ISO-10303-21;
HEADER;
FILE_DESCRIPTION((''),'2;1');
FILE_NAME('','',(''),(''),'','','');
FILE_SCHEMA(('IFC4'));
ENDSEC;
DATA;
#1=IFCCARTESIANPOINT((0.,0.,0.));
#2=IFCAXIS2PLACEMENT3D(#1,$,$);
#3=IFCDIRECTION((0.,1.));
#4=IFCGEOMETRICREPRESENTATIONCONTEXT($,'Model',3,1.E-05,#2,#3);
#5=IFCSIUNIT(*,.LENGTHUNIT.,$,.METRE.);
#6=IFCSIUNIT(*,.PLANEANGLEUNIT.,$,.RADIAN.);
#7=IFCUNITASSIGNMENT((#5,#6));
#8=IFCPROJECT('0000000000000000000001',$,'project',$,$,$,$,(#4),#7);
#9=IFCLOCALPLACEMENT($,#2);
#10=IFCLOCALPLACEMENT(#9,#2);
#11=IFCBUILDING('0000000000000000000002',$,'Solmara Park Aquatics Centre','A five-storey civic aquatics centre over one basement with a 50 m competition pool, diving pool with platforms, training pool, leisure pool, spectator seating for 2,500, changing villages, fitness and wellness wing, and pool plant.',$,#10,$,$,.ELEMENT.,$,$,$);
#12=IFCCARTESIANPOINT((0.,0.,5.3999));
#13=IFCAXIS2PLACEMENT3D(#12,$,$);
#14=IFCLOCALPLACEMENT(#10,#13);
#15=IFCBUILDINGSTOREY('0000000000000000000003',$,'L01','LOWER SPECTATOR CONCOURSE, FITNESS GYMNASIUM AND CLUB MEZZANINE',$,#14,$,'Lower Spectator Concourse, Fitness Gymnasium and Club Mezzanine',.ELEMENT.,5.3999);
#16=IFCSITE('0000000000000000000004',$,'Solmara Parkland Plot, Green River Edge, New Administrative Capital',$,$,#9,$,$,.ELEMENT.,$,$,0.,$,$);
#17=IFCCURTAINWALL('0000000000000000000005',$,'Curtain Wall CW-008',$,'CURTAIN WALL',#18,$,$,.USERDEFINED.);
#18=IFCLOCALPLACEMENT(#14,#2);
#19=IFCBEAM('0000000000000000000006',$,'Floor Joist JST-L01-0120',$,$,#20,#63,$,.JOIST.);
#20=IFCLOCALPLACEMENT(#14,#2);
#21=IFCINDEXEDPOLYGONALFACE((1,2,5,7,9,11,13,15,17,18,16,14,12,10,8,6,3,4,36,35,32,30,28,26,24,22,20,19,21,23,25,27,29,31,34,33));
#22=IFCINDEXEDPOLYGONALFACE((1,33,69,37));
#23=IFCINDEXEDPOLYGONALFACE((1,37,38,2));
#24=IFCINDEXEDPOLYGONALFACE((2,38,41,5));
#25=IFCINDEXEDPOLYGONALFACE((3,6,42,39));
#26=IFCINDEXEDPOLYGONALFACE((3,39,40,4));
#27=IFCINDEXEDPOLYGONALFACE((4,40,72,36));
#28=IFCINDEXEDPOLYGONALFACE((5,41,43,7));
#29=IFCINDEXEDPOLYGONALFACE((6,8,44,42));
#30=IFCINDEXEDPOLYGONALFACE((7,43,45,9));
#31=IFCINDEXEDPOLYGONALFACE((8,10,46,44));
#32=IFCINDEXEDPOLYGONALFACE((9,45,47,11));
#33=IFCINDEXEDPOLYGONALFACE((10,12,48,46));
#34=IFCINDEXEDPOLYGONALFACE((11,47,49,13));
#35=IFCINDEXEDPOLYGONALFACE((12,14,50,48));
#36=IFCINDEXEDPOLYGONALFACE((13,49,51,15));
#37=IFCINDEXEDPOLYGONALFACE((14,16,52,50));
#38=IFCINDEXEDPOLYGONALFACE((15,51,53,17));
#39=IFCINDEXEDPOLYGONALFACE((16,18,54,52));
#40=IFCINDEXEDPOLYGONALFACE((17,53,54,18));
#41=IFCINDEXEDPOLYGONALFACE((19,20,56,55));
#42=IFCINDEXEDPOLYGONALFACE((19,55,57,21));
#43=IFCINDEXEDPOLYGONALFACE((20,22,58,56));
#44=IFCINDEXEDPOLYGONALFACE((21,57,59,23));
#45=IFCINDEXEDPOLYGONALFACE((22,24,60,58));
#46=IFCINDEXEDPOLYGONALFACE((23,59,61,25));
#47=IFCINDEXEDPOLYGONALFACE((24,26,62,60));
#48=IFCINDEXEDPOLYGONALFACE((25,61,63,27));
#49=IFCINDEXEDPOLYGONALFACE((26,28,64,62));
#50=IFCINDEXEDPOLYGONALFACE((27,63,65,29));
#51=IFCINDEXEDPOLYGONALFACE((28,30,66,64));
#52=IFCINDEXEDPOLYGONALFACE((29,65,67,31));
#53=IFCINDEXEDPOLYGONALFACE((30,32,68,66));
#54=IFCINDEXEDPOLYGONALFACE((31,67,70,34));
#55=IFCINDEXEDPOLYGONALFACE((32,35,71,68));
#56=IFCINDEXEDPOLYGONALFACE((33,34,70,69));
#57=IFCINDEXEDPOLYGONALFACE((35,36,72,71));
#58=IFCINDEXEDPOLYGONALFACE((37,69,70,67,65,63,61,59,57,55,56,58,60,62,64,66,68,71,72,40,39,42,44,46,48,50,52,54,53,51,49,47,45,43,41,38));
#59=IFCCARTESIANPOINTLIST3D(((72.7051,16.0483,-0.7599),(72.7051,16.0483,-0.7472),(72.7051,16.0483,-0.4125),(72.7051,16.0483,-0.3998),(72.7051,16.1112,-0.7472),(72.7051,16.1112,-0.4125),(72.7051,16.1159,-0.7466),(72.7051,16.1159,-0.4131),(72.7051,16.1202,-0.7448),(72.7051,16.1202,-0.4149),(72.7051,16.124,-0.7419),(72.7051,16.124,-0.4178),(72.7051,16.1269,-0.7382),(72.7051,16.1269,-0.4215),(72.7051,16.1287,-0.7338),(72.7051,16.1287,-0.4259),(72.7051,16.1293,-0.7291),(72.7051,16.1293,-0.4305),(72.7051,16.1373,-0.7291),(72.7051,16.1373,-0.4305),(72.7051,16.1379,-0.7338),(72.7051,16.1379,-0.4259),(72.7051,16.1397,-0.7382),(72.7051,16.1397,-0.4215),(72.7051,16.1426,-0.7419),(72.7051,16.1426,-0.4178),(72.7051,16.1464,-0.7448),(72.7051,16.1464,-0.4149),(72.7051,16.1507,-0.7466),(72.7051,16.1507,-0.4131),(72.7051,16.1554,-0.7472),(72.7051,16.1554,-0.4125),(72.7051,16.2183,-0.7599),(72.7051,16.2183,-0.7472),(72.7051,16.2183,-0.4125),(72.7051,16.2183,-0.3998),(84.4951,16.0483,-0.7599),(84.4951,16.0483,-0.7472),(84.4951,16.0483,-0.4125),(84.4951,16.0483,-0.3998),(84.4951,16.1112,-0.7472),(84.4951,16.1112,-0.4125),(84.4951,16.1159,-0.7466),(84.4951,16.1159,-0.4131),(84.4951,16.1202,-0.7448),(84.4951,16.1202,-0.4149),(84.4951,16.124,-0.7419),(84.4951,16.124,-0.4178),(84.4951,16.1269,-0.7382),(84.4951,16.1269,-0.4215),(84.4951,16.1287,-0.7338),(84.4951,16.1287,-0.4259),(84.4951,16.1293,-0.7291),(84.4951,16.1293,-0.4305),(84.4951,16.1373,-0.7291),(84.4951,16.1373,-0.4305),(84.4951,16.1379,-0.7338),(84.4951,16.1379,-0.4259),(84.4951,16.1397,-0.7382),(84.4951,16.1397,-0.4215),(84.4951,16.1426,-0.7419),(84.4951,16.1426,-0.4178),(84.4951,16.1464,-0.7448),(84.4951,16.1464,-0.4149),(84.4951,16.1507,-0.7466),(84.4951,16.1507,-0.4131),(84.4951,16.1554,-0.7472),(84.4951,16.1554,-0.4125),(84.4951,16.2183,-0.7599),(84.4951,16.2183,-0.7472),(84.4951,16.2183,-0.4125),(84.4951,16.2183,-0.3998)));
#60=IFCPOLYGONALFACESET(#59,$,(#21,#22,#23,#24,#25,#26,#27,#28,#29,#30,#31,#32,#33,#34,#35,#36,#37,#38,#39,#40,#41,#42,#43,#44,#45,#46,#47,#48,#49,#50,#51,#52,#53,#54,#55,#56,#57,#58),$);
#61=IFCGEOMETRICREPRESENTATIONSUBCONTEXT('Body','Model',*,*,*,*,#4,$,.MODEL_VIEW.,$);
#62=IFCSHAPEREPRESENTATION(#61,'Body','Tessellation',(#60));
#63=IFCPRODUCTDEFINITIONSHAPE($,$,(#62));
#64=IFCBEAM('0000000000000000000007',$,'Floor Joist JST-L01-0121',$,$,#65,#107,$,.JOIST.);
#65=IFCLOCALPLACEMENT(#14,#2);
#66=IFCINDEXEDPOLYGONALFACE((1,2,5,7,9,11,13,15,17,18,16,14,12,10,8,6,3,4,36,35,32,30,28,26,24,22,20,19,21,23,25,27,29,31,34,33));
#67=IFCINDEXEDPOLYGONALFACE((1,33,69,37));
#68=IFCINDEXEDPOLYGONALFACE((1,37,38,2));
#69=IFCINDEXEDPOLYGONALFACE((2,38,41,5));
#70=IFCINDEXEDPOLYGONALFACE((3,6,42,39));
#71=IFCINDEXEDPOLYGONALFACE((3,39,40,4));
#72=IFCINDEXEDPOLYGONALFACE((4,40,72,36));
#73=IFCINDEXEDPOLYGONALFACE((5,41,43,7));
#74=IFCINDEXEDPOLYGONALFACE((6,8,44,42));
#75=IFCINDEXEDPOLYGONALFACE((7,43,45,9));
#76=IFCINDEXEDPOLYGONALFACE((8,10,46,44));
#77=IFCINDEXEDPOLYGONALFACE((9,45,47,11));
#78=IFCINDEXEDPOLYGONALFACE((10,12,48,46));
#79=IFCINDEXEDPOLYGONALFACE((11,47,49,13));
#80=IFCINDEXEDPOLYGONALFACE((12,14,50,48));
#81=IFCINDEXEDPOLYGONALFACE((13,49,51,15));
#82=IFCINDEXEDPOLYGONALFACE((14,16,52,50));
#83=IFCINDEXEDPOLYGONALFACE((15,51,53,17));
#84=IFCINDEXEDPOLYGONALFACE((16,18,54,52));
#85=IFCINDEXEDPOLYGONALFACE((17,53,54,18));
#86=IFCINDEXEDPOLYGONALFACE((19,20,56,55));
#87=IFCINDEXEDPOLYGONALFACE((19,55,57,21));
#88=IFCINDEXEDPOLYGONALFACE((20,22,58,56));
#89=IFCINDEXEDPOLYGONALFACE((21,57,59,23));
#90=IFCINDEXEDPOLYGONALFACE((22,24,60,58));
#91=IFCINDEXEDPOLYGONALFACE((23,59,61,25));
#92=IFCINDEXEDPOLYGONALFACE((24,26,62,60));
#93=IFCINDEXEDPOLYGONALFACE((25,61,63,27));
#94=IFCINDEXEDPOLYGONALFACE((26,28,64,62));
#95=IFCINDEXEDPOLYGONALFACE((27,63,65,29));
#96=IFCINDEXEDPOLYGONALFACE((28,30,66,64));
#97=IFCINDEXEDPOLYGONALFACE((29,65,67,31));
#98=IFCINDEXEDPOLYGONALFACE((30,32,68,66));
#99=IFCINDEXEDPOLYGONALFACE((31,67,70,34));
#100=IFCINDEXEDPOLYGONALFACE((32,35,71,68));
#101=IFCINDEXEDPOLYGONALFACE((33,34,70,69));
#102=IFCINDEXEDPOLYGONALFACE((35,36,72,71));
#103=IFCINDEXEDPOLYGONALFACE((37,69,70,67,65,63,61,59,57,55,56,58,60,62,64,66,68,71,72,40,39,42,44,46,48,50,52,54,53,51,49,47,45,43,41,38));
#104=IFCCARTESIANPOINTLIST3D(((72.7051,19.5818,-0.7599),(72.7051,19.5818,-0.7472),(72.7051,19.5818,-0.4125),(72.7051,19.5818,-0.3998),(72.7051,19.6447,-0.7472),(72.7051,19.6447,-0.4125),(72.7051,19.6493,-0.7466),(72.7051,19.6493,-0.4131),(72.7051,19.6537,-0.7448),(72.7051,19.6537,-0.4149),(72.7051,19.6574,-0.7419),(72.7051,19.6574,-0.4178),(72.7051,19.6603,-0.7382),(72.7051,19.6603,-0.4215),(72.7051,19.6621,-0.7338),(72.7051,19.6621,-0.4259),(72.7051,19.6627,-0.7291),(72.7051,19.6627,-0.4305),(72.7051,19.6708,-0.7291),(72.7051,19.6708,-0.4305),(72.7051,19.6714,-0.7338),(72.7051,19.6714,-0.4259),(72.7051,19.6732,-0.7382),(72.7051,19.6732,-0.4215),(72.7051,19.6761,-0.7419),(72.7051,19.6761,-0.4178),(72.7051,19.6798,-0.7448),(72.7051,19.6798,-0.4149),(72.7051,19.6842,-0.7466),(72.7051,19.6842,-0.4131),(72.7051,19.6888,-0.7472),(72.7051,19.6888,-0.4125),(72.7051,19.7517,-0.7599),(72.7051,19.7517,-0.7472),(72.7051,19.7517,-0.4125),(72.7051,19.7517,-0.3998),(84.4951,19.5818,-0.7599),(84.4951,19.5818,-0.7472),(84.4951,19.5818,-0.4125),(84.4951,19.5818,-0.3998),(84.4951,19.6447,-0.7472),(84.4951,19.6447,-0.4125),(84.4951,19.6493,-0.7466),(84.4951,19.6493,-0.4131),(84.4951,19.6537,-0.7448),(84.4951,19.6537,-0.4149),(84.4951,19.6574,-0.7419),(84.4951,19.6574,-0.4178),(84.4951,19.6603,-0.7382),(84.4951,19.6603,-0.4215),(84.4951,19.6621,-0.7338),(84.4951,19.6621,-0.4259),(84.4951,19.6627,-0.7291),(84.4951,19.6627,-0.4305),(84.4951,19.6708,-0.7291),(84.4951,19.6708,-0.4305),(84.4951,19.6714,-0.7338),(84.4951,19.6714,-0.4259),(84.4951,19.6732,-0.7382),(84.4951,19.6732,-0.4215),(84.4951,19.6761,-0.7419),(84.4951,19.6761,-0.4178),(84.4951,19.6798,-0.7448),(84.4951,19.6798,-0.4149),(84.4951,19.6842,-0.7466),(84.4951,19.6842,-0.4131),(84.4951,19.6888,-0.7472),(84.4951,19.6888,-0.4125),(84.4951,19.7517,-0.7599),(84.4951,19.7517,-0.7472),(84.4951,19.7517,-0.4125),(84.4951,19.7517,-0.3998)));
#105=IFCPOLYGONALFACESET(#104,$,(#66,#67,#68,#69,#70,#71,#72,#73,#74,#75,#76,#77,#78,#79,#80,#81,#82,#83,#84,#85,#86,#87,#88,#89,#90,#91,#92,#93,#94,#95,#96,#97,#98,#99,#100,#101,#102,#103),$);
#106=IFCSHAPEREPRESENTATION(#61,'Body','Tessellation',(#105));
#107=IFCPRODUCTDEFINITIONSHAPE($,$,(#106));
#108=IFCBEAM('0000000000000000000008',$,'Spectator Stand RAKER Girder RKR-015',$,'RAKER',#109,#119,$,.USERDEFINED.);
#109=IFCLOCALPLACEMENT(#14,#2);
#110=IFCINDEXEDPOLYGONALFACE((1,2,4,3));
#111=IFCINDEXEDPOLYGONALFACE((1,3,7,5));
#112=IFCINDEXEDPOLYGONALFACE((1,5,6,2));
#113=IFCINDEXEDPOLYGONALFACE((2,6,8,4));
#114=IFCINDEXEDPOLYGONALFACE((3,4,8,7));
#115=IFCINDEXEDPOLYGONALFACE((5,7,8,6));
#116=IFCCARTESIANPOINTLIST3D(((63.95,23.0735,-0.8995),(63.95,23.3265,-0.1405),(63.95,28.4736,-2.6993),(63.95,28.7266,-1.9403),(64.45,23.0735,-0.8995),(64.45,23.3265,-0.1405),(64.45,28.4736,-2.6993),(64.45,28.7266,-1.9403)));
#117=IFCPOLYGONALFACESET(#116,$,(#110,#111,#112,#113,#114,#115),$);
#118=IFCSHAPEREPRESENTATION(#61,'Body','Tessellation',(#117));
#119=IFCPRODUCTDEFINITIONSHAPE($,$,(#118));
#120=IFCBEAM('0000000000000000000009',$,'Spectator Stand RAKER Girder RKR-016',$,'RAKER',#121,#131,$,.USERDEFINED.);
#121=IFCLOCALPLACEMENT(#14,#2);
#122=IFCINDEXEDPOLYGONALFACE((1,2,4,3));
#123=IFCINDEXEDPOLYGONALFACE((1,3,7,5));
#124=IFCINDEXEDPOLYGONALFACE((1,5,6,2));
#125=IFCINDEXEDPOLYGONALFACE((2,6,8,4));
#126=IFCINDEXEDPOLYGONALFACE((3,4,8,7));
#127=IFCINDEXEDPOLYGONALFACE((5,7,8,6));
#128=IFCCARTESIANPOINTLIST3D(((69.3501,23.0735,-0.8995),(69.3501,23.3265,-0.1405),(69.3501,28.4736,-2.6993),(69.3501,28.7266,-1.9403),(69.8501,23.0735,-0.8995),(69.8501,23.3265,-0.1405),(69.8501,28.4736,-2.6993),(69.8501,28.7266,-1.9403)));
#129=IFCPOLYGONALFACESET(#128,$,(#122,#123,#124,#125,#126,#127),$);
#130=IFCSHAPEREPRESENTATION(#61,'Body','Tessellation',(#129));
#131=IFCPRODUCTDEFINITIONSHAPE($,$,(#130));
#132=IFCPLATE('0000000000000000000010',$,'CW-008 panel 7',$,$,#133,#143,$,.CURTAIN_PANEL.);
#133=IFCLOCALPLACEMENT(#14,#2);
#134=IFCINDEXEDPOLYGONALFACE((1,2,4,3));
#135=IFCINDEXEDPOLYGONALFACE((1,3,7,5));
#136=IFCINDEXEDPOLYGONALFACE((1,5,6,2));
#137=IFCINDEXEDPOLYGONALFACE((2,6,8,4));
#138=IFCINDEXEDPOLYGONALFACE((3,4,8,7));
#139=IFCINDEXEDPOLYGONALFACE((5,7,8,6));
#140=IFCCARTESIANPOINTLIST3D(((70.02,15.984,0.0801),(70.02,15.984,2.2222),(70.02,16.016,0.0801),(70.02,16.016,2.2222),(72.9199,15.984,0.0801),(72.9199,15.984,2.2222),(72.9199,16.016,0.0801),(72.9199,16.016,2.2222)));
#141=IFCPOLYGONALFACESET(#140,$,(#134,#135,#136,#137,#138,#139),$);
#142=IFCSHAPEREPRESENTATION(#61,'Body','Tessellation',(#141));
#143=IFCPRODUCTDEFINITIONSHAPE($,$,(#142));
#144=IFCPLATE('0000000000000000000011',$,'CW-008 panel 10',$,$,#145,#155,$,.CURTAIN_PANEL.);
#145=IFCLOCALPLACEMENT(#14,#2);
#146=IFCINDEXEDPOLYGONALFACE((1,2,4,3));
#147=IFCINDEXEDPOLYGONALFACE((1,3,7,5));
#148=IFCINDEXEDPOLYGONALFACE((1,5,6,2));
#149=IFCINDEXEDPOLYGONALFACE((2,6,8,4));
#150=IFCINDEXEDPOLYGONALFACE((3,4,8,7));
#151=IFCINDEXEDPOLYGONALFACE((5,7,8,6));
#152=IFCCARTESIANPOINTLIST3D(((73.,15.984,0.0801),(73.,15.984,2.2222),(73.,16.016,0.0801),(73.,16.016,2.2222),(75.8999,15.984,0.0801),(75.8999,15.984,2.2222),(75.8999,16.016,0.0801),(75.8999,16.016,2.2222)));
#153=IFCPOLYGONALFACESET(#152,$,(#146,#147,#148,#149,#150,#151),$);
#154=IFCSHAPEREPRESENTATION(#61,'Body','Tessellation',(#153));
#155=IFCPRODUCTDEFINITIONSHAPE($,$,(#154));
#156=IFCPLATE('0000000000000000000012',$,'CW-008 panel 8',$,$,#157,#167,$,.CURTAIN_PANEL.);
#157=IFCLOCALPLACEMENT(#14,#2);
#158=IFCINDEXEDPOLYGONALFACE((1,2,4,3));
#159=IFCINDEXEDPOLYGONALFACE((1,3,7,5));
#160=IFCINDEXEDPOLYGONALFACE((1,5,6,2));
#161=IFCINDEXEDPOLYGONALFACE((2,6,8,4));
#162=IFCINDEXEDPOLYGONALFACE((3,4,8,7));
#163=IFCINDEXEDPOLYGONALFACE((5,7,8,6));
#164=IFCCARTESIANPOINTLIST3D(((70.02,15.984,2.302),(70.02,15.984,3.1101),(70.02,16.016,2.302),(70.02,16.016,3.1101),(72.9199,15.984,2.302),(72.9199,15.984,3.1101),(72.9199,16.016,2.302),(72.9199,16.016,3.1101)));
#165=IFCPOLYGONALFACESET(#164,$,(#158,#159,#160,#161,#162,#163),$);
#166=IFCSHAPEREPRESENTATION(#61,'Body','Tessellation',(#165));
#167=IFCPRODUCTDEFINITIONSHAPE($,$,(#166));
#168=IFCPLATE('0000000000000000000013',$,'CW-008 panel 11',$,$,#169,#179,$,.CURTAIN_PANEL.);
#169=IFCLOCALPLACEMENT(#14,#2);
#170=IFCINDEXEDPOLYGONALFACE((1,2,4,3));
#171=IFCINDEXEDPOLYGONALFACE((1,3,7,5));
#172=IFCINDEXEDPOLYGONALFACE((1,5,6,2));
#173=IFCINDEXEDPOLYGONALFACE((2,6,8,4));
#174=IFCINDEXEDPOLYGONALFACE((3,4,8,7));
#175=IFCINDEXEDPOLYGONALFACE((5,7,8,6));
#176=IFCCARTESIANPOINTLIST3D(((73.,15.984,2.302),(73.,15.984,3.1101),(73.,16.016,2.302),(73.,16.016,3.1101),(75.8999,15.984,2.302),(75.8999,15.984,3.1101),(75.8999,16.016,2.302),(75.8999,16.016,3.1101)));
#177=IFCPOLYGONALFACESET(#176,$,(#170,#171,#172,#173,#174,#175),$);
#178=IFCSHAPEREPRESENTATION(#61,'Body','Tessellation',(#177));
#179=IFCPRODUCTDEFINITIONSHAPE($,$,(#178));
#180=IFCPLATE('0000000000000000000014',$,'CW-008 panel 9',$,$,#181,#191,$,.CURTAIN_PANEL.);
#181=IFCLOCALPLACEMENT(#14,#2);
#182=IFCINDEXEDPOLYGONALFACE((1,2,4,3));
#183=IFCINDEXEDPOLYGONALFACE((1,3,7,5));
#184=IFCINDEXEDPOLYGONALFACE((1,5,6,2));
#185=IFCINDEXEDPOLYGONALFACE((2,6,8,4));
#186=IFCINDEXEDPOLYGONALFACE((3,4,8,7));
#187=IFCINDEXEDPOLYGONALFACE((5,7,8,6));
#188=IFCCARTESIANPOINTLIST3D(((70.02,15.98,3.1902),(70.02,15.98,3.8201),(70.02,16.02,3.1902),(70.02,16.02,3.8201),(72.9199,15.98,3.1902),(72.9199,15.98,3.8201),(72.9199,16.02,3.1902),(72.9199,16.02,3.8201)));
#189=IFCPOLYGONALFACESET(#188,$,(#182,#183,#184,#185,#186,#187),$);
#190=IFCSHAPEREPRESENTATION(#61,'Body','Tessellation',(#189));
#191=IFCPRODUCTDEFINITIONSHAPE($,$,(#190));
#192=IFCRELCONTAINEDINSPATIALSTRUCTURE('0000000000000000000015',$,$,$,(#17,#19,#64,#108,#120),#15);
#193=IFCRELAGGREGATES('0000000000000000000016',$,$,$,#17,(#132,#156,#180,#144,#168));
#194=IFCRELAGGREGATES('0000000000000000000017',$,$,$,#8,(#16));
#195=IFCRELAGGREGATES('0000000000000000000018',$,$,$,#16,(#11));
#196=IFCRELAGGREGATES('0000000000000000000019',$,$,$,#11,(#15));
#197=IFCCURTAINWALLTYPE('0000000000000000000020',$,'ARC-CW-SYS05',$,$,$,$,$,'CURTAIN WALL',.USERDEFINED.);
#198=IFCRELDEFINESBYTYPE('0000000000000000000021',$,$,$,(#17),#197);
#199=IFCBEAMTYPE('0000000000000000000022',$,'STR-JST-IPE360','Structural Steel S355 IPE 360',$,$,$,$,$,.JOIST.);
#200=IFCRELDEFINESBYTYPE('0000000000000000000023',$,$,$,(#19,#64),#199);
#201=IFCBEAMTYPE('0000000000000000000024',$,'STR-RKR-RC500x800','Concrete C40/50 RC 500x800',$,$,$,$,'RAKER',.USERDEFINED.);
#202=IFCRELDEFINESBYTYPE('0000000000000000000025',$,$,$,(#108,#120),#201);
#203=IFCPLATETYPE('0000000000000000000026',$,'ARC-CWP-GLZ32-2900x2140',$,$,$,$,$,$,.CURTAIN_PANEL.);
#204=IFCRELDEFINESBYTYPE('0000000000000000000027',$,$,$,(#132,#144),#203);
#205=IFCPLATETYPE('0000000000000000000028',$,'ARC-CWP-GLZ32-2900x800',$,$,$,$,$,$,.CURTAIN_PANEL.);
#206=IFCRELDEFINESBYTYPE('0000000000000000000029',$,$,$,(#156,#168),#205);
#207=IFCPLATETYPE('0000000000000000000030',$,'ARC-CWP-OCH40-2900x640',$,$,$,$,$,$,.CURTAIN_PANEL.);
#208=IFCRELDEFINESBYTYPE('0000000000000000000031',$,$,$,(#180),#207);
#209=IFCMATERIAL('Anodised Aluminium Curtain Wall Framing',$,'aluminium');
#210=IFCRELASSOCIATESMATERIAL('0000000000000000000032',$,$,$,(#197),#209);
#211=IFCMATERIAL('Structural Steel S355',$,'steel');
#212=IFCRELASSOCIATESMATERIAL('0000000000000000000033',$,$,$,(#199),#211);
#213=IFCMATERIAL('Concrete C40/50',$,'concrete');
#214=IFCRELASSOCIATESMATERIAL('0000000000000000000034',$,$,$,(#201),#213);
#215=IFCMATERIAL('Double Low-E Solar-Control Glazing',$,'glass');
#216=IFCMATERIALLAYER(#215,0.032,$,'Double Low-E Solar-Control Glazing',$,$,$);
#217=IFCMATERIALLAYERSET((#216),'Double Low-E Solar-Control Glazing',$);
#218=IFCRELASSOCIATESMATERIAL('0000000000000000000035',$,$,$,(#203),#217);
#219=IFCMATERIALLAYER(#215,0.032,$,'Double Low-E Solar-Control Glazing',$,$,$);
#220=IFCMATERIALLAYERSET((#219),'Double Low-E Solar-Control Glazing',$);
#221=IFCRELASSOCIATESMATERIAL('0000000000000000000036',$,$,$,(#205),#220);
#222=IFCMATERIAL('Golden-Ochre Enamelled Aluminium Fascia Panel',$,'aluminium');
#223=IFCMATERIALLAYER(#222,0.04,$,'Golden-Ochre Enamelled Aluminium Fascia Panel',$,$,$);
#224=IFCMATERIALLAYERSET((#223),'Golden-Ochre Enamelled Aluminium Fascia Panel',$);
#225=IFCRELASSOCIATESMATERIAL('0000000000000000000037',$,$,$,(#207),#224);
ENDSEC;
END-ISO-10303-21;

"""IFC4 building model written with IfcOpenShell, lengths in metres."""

from ifc_helpers import new_model, si_unit, direction, frame, origin, origin_2d, place, context, subcontext, project, spatial, rectangle, i_section, extrude, material, layer, layer_set, material_profile, profile_set, type_object, element, aggregate, save


model = new_model("IFC4")

# Units and contexts
model_context = context("Model", 3, precision=1e-05, world=origin(), true_north=direction((0.0, 1.0)))
body_context = subcontext(model_context, "Body", "Model", "MODEL_VIEW")
ifc_project = project(units=[si_unit("LENGTHUNIT", "METRE"), si_unit("PLANEANGLEUNIT", "RADIAN")], contexts=[model_context])

# Site, building, storey
site_placement = place(None, origin())
site = spatial("IfcSite", under=ifc_project, at=site_placement, Name="Solmara Parkland Plot, Green River Edge, New Administrative Capital", CompositionType="ELEMENT", RefElevation=0.0)
building_placement = place(site_placement, origin())
building = spatial("IfcBuilding", under=site, at=building_placement, Name="Solmara Park Aquatics Centre", Description="A five-storey civic aquatics centre over one basement with a 50 m competition pool, diving pool with platforms, training pool, leisure pool, spectator seating for 2,500, changing villages, fitness and wellness wing, and pool plant.", CompositionType="ELEMENT")
storey_placement = place(building_placement, frame((0.0, 0.0, 5.3999)))
storey = spatial("IfcBuildingStorey", under=building, at=storey_placement, Name="L01", Description="LOWER SPECTATOR CONCOURSE, FITNESS GYMNASIUM AND CLUB MEZZANINE", LongName="Lower Spectator Concourse, Fitness Gymnasium and Club Mezzanine", CompositionType="ELEMENT", Elevation=5.3999)

# Shared definitions
ifc_material_1 = material(Name="Structural Steel S355", Category="steel")

# Curtain wall
ifc_material_2 = material(Name="Anodised Aluminium Curtain Wall Framing", Category="aluminium")
curtain_wall_type = type_object("IfcCurtainWallType", Name="ARC-CW-SYS05", ElementType="CURTAIN WALL", PredefinedType="USERDEFINED", material=ifc_material_2)
curtain_wall_placement = place(storey_placement, origin())
curtain_wall = element("IfcCurtainWall", 1, at=curtain_wall_placement, inside=storey, type_object=curtain_wall_type, Name="Curtain Wall CW-008", ObjectType="CURTAIN WALL", PredefinedType="USERDEFINED")

# Beams
ifc_material_profile_1 = material_profile(ifc_material_1, i_section(OverallWidth=0.1699, OverallDepth=0.3601, WebThickness=0.0081, FlangeThickness=0.0127, FilletRadius=0.0181, at=origin_2d()), Name="IPE 360")
ifc_profile_set_1 = profile_set([ifc_material_profile_1], Name="Structural Steel S355")
beam_type_1 = type_object("IfcBeamType", Name="STR-JST-IPE360", Description="Structural Steel S355 IPE 360", PredefinedType="JOIST", material=ifc_profile_set_1)
for number, where, z_axis, x_axis, name in (
    (2, (72.7051, 16.1333, -0.5798), (1.0, 0.0, 0.0), (0.0, 1.0, 0.0), "Floor Joist JST-L01-0120"),
    (3, (72.7051, 19.6667, -0.5798), (1.0, 0.0, 0.0), (0.0, 1.0, 0.0), "Floor Joist JST-L01-0121"),
):
    element("IfcBeam", number, at=place(storey_placement, frame(where, z_axis=z_axis, x_axis=x_axis)), inside=storey, type_object=beam_type_1, Name=name, PredefinedType="JOIST", context=body_context, shape_type="SweptSolid", body=[
        extrude(i_section(OverallWidth=0.1699, OverallDepth=0.3601, WebThickness=0.0081, FlangeThickness=0.0127, FilletRadius=0.0181, at=origin_2d()), origin(), (0.0, 0.0, 1.0), 11.79),
    ])
ifc_material_3 = material(Name="Concrete C40/50", Category="concrete")
ifc_material_profile_2 = material_profile(ifc_material_3, rectangle(XDim=0.5, YDim=0.8, at=origin_2d()), Name="RC 500x800")
ifc_profile_set_2 = profile_set([ifc_material_profile_2], Name="Concrete C40/50")
beam_type_2 = type_object("IfcBeamType", Name="STR-RKR-RC500x800", Description="Concrete C40/50 RC 500x800", ElementType="RAKER", PredefinedType="USERDEFINED", material=ifc_profile_set_2)
for number, where, z_axis, x_axis, name in (
    (4, (64.2, 28.6001, -2.3198), (0.0, -0.948696, 0.316189), (1.0, 0.0, 0.0), "Spectator Stand RAKER Girder RKR-015"),
    (5, (69.6001, 28.6001, -2.3198), (0.0, -0.948696, 0.316189), (1.0, 0.0, 0.0), "Spectator Stand RAKER Girder RKR-016"),
):
    element("IfcBeam", number, at=place(storey_placement, frame(where, z_axis=z_axis, x_axis=x_axis)), inside=storey, type_object=beam_type_2, Name=name, ObjectType="RAKER", PredefinedType="USERDEFINED", context=body_context, shape_type="SweptSolid", body=[
        extrude(rectangle(XDim=0.5, YDim=0.8, at=origin_2d()), origin(), (0.0, 0.0, 1.0), 5.6921),
    ])

# Plates
ifc_material_4 = material(Name="Double Low-E Solar-Control Glazing", Category="glass")
ifc_layer_1 = layer(ifc_material_4, 0.032, Name="Double Low-E Solar-Control Glazing")
ifc_layer_set_1 = layer_set([ifc_layer_1], Name="Double Low-E Solar-Control Glazing")
plate_type_1 = type_object("IfcPlateType", Name="ARC-CWP-GLZ32-2900x2140", PredefinedType="CURTAIN_PANEL", material=ifc_layer_set_1)
plate_1_placement = place(storey_placement, frame((71.47, 16.0, 0.0801), z_axis=(0.0, 0.0, 1.0), x_axis=(1.0, 0.0, 0.0)))
plate_1 = element("IfcPlate", 6, at=plate_1_placement, type_object=plate_type_1, Name="CW-008 panel 7", PredefinedType="CURTAIN_PANEL", context=body_context, shape_type="SweptSolid", body=[
    extrude(rectangle(XDim=2.8999, YDim=0.032, at=origin_2d()), origin(), (0.0, 0.0, 1.0), 2.1421),
])
plate_2_placement = place(storey_placement, frame((74.45, 16.0, 0.0801), z_axis=(0.0, 0.0, 1.0), x_axis=(1.0, 0.0, 0.0)))
plate_2 = element("IfcPlate", 7, at=plate_2_placement, type_object=plate_type_1, Name="CW-008 panel 10", PredefinedType="CURTAIN_PANEL", context=body_context, shape_type="SweptSolid", body=[
    extrude(rectangle(XDim=2.8999, YDim=0.032, at=origin_2d()), origin(), (0.0, 0.0, 1.0), 2.1421),
])
ifc_layer_2 = layer(ifc_material_4, 0.032, Name="Double Low-E Solar-Control Glazing")
ifc_layer_set_2 = layer_set([ifc_layer_2], Name="Double Low-E Solar-Control Glazing")
plate_type_2 = type_object("IfcPlateType", Name="ARC-CWP-GLZ32-2900x800", PredefinedType="CURTAIN_PANEL", material=ifc_layer_set_2)
plate_3_placement = place(storey_placement, frame((71.47, 16.0, 2.302), z_axis=(0.0, 0.0, 1.0), x_axis=(1.0, 0.0, 0.0)))
plate_3 = element("IfcPlate", 8, at=plate_3_placement, type_object=plate_type_2, Name="CW-008 panel 8", PredefinedType="CURTAIN_PANEL", context=body_context, shape_type="SweptSolid", body=[
    extrude(rectangle(XDim=2.8999, YDim=0.032, at=origin_2d()), origin(), (0.0, 0.0, 1.0), 0.8081),
])
plate_4_placement = place(storey_placement, frame((74.45, 16.0, 2.302), z_axis=(0.0, 0.0, 1.0), x_axis=(1.0, 0.0, 0.0)))
plate_4 = element("IfcPlate", 9, at=plate_4_placement, type_object=plate_type_2, Name="CW-008 panel 11", PredefinedType="CURTAIN_PANEL", context=body_context, shape_type="SweptSolid", body=[
    extrude(rectangle(XDim=2.8999, YDim=0.032, at=origin_2d()), origin(), (0.0, 0.0, 1.0), 0.8081),
])
ifc_material_5 = material(Name="Golden-Ochre Enamelled Aluminium Fascia Panel", Category="aluminium")
ifc_layer_3 = layer(ifc_material_5, 0.04, Name="Golden-Ochre Enamelled Aluminium Fascia Panel")
ifc_layer_set_3 = layer_set([ifc_layer_3], Name="Golden-Ochre Enamelled Aluminium Fascia Panel")
plate_type_3 = type_object("IfcPlateType", Name="ARC-CWP-OCH40-2900x640", PredefinedType="CURTAIN_PANEL", material=ifc_layer_set_3)
plate_5_placement = place(storey_placement, frame((71.47, 16.0, 3.1902), z_axis=(0.0, 0.0, 1.0), x_axis=(1.0, 0.0, 0.0)))
plate_5 = element("IfcPlate", 10, at=plate_5_placement, type_object=plate_type_3, Name="CW-008 panel 9", PredefinedType="CURTAIN_PANEL", context=body_context, shape_type="SweptSolid", body=[
    extrude(rectangle(XDim=2.8999, YDim=0.04, at=origin_2d()), origin(), (0.0, 0.0, 1.0), 0.6299),
])
aggregate(curtain_wall, [plate_1, plate_3, plate_5, plate_2, plate_4])

save(model, "model.ifc")
